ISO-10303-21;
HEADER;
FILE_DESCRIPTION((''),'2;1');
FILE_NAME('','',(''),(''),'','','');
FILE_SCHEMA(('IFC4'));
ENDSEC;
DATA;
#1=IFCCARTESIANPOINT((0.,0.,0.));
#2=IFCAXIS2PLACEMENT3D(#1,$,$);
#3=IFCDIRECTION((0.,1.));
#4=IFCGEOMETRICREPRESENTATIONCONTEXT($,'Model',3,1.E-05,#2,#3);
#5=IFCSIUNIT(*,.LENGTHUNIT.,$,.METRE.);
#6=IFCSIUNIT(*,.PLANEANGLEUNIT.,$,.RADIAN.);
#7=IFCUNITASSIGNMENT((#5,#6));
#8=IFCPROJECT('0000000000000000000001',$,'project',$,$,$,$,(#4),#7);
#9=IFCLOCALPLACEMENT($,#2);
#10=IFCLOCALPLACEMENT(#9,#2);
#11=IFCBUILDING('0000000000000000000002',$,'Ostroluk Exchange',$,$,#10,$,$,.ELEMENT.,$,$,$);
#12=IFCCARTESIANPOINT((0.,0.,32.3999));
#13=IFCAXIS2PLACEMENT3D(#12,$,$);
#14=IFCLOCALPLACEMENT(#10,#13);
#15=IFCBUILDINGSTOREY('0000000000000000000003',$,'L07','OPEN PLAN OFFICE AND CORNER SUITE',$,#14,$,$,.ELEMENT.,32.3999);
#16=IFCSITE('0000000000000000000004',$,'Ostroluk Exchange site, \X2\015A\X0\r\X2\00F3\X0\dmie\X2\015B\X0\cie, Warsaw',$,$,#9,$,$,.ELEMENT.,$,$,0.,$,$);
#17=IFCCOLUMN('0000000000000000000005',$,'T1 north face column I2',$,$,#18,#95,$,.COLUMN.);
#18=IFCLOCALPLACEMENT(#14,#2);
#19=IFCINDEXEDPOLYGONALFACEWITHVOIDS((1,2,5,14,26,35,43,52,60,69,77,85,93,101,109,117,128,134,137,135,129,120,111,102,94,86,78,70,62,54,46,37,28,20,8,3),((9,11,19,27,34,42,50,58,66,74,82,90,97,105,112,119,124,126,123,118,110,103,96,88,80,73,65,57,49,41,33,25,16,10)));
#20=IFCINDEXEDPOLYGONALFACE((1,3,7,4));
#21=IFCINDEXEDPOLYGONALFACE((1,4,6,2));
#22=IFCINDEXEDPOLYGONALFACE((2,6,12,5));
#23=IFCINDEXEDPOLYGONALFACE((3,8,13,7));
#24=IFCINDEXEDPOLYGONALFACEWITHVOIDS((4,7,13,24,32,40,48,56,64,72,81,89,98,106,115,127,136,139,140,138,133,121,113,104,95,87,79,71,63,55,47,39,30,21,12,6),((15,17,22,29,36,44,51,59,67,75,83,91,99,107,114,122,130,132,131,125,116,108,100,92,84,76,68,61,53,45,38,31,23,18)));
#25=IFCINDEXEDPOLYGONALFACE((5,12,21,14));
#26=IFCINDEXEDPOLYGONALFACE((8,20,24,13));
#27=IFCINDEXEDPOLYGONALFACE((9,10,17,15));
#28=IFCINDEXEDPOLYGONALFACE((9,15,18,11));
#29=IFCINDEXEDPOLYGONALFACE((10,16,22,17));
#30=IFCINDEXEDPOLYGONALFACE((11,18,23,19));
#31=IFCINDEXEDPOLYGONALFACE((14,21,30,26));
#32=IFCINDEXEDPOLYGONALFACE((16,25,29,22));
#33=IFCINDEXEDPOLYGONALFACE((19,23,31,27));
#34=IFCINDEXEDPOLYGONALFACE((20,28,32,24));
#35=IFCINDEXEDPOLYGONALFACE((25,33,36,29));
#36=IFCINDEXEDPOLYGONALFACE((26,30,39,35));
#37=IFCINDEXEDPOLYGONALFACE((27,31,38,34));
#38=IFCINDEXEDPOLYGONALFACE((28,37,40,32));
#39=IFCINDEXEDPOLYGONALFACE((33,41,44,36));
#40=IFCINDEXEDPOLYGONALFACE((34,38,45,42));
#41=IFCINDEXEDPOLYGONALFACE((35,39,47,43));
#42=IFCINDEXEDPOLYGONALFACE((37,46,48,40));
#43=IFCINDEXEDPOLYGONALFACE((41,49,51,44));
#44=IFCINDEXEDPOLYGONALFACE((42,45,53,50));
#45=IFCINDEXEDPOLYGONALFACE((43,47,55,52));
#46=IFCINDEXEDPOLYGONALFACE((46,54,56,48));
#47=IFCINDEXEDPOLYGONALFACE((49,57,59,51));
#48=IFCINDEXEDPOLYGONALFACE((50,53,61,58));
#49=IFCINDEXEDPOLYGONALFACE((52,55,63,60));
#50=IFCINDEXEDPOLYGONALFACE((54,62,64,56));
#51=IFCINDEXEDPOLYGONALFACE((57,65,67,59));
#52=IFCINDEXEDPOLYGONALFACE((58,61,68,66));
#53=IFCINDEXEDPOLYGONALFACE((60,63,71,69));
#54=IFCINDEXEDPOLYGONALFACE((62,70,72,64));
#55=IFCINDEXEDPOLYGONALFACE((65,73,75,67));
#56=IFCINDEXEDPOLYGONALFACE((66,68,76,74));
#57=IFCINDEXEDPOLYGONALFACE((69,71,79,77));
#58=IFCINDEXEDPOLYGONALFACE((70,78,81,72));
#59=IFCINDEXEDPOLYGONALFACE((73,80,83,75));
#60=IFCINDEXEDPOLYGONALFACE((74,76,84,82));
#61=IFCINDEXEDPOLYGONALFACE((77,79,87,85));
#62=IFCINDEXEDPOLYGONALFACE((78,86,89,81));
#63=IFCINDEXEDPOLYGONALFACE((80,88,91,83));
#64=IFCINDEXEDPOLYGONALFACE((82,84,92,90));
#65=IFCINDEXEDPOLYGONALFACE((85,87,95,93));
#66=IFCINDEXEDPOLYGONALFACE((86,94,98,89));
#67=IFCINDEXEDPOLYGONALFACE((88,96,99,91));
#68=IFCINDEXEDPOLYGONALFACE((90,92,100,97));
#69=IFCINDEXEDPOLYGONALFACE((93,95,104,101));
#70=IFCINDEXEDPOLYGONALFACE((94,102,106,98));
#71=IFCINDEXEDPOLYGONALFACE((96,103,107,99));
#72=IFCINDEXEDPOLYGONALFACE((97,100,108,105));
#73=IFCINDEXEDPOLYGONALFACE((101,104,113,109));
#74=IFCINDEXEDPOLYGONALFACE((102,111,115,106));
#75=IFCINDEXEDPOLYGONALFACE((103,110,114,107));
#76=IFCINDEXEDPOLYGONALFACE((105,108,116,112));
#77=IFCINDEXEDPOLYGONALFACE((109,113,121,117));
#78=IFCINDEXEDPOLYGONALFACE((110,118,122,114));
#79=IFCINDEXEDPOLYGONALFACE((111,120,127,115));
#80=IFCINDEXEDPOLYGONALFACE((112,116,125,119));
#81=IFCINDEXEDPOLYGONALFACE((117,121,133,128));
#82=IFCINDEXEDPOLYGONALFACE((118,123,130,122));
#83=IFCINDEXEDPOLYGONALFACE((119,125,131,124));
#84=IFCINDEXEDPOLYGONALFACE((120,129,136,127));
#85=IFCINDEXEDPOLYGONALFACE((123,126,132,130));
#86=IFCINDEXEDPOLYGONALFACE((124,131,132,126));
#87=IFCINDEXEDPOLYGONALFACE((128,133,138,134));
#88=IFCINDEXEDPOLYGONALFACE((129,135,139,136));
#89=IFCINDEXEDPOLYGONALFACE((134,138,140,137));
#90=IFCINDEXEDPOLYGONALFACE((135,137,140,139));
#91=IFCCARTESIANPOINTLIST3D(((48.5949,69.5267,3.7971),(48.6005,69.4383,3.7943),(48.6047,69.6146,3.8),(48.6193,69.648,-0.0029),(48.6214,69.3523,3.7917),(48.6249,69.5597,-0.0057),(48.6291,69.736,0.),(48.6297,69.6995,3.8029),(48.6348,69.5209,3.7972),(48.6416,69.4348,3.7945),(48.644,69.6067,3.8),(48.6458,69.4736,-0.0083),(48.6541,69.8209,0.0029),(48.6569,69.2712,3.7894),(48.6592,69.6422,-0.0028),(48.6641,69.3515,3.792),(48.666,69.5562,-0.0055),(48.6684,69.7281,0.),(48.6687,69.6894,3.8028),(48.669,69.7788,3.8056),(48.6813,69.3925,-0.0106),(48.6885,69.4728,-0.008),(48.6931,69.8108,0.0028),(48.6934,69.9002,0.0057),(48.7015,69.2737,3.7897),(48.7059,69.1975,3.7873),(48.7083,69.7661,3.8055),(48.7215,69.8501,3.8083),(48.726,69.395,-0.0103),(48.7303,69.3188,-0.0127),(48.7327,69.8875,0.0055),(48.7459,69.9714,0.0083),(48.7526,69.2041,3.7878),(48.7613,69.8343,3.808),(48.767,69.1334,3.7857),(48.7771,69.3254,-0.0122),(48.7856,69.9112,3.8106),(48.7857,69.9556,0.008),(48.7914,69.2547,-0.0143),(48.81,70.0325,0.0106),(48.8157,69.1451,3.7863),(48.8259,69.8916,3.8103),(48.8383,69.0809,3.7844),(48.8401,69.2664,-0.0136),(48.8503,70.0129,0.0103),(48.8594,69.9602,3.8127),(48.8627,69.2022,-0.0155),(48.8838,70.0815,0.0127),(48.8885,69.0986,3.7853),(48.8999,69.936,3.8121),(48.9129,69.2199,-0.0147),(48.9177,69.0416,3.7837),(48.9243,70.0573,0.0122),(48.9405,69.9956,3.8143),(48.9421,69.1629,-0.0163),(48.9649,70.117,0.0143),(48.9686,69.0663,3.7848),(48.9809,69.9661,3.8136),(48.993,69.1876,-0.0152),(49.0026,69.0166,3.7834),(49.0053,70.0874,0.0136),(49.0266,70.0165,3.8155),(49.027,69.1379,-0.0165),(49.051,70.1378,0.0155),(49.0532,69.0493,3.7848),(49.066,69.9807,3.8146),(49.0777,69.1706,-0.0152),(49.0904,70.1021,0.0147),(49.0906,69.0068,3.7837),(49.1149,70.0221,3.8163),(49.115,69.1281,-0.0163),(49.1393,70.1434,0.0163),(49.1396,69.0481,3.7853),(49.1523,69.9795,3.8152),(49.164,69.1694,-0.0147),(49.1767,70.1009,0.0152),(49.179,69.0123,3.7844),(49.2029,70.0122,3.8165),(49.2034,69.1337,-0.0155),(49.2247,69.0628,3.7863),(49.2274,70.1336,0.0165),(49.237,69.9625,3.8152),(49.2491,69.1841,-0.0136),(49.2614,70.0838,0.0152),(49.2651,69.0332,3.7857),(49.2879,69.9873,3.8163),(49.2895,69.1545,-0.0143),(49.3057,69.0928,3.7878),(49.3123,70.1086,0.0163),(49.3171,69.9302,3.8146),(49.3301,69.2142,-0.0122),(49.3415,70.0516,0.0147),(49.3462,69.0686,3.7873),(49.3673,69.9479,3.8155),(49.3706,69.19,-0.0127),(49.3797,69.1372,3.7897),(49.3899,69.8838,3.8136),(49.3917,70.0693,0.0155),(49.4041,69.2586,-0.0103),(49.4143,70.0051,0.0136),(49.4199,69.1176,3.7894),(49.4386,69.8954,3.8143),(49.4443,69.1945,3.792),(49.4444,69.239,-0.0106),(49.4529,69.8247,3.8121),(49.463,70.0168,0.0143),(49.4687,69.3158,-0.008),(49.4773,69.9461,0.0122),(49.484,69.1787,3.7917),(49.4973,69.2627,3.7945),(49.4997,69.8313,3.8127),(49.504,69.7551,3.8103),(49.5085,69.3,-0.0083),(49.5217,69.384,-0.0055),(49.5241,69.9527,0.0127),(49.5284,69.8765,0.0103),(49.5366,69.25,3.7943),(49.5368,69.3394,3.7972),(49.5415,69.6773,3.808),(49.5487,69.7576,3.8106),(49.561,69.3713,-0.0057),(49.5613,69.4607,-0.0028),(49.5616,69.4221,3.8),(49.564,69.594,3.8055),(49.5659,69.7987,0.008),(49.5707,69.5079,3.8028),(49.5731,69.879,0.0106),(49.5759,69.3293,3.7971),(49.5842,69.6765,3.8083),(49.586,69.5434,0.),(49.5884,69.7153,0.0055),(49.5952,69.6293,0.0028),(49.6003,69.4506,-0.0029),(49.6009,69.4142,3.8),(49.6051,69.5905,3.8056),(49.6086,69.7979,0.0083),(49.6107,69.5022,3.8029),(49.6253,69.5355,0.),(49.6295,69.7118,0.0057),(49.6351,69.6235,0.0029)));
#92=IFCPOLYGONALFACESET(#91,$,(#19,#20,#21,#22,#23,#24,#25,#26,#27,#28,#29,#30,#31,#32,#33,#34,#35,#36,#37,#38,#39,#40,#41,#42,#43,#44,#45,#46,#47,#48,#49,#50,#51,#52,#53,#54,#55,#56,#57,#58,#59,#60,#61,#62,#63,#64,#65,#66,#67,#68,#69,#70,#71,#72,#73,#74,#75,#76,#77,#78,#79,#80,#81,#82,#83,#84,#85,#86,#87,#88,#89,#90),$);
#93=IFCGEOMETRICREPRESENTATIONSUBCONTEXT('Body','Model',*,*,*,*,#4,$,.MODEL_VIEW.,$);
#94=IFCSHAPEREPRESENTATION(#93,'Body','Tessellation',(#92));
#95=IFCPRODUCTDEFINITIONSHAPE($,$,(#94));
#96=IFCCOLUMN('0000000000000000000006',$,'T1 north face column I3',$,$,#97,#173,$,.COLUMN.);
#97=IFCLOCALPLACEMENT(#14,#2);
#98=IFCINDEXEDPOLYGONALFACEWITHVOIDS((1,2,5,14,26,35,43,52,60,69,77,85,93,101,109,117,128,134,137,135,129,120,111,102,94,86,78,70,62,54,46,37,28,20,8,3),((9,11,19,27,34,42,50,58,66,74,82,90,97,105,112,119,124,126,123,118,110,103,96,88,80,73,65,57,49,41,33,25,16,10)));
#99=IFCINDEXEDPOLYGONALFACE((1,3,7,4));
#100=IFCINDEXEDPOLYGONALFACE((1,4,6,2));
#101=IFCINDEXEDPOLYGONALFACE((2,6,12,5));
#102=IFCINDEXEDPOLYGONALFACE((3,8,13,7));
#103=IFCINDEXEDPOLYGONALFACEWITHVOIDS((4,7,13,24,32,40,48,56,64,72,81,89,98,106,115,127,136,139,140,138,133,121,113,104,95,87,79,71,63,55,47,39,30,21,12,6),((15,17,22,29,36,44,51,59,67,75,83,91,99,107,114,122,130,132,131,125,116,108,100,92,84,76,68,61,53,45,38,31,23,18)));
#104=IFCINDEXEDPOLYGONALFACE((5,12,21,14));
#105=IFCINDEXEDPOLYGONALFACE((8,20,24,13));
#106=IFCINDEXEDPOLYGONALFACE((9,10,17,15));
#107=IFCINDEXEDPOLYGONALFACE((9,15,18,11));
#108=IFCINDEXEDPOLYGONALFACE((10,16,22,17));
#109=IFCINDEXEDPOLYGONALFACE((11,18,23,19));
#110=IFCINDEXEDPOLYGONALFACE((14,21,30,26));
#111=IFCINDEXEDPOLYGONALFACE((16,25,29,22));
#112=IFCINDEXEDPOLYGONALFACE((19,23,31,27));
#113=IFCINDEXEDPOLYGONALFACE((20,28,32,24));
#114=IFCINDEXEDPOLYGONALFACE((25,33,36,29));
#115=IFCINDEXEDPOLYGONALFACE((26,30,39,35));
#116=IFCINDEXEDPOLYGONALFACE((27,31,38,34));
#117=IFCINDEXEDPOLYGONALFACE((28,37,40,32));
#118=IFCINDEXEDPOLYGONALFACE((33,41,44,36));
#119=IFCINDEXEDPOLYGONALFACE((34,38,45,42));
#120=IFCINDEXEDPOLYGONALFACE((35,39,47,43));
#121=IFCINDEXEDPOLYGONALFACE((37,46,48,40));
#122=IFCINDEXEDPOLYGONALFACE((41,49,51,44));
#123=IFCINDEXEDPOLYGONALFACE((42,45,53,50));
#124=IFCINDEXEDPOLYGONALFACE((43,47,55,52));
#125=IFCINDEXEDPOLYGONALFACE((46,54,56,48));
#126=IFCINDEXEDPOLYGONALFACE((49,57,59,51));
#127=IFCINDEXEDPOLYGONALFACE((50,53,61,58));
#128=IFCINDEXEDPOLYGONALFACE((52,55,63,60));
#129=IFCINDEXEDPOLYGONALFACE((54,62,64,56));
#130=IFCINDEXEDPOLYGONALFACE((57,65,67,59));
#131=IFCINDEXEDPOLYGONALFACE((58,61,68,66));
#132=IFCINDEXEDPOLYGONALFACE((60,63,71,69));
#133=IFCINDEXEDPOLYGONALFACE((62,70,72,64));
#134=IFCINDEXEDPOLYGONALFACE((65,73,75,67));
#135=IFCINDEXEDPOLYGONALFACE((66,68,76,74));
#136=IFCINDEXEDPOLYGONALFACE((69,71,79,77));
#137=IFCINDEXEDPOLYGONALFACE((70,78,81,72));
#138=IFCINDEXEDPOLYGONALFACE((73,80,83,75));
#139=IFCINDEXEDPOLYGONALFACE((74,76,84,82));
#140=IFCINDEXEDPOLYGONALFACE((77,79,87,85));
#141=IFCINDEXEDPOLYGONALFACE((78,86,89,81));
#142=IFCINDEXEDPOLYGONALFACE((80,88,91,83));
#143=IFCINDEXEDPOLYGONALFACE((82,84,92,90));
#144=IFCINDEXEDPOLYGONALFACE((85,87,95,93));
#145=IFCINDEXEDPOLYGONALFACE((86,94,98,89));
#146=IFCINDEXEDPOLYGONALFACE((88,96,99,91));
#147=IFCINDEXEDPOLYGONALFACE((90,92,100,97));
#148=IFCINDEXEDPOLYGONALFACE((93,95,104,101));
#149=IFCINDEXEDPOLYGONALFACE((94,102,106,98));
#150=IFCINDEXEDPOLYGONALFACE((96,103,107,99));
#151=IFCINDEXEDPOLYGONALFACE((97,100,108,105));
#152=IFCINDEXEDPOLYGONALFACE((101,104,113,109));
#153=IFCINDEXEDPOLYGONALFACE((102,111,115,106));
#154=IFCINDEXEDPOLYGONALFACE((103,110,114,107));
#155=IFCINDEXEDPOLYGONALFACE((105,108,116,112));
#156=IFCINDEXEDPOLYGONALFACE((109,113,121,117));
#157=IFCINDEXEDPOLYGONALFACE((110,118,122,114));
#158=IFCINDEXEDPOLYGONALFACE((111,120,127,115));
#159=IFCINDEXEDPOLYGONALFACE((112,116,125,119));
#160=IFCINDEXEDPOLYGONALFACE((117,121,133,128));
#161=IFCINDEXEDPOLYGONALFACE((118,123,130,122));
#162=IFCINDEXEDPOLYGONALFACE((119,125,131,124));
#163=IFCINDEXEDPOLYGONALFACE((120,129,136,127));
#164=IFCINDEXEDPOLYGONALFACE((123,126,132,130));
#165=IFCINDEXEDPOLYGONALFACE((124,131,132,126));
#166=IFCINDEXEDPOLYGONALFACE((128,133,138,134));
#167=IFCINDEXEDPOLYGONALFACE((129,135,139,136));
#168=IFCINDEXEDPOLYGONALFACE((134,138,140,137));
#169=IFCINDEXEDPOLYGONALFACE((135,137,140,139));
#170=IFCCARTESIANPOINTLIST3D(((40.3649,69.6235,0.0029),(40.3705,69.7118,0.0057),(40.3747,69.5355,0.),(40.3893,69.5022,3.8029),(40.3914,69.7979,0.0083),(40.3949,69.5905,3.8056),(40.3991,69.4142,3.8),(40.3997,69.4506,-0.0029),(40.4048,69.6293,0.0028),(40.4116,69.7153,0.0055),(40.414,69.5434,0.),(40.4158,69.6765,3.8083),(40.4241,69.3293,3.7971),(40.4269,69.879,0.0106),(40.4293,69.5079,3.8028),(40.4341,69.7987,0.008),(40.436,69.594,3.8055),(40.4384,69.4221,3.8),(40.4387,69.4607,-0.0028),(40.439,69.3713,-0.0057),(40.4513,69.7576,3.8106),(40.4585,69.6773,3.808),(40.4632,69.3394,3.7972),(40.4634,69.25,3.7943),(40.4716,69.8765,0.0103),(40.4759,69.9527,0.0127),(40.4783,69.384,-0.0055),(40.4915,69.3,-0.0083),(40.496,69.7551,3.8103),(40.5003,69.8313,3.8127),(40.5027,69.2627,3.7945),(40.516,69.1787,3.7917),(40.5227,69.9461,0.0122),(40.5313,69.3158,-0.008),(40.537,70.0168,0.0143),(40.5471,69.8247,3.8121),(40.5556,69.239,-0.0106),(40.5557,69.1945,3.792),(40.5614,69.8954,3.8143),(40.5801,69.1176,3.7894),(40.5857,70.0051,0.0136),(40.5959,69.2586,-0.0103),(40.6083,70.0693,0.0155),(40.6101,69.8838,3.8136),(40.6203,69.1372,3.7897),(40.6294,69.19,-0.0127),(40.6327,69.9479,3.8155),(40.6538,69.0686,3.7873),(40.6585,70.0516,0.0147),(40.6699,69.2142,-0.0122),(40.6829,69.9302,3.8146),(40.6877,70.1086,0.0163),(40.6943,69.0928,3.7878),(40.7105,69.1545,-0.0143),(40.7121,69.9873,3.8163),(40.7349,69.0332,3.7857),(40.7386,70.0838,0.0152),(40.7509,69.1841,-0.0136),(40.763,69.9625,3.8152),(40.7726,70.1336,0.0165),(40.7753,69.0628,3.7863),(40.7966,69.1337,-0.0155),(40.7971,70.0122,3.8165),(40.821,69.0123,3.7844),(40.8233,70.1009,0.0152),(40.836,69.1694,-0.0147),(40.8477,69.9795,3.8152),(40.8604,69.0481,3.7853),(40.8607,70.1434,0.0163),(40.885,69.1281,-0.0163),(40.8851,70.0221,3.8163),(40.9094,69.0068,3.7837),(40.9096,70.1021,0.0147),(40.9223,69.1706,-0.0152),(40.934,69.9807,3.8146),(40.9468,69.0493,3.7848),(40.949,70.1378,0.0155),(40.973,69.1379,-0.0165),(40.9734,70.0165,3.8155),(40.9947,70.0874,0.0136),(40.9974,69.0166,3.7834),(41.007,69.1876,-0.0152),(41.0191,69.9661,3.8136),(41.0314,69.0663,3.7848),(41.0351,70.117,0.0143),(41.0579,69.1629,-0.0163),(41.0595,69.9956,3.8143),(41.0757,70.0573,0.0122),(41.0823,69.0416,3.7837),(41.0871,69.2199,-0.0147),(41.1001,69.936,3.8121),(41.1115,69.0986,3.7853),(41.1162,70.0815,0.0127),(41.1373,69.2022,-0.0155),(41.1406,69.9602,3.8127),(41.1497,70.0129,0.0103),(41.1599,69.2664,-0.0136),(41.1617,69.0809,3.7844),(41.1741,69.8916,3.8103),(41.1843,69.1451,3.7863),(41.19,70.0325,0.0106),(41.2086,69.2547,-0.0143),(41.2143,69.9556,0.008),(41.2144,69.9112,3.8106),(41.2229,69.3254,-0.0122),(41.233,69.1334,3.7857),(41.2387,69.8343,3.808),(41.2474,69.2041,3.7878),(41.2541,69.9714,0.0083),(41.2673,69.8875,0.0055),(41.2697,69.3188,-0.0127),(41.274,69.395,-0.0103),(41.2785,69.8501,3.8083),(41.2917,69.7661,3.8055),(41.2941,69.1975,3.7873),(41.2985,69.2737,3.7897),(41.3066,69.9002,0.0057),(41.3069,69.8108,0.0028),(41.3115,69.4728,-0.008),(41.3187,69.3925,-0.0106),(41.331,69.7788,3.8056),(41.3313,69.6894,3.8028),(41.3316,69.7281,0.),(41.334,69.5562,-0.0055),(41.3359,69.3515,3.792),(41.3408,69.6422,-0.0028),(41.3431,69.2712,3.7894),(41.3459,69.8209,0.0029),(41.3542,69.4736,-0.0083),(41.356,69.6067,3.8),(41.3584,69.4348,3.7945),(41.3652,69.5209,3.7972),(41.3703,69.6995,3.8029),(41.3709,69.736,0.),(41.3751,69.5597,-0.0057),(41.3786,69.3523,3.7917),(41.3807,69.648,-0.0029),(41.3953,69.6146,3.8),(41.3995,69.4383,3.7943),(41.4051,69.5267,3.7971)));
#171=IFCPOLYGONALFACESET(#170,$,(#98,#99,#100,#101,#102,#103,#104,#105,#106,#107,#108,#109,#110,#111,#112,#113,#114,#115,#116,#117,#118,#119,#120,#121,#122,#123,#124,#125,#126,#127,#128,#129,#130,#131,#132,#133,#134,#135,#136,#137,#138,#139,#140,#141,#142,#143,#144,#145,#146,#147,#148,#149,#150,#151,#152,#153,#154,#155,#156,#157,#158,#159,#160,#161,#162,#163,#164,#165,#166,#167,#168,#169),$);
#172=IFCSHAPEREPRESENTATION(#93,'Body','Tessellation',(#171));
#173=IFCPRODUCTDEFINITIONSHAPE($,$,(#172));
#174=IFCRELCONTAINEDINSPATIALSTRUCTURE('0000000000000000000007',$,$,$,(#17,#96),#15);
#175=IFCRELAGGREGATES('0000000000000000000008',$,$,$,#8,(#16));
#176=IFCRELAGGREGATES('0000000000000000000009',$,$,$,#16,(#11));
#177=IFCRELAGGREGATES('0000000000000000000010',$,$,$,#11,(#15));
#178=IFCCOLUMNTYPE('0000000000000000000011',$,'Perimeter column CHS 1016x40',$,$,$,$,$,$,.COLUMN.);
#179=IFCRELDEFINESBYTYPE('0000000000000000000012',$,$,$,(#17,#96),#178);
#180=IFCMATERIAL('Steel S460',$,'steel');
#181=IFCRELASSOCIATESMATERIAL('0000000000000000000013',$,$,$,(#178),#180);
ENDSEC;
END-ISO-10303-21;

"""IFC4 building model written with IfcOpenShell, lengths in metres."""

from ifc_helpers import new_model, si_unit, direction, frame, origin, origin_2d, place, context, subcontext, project, spatial, hollow_circle, extrude, material, material_profile, profile_set, type_object, element, save


model = new_model("IFC4")

# Units and contexts
model_context = context("Model", 3, precision=1e-05, world=origin(), true_north=direction((0.0, 1.0)))
body_context = subcontext(model_context, "Body", "Model", "MODEL_VIEW")
ifc_project = project(units=[si_unit("LENGTHUNIT", "METRE"), si_unit("PLANEANGLEUNIT", "RADIAN")], contexts=[model_context])

# Site, building, storey
site_placement = place(None, origin())
site = spatial("IfcSite", under=ifc_project, at=site_placement, Name="Ostroluk Exchange site, Śródmieście, Warsaw", CompositionType="ELEMENT", RefElevation=0.0)
building_placement = place(site_placement, origin())
building = spatial("IfcBuilding", under=site, at=building_placement, Name="Ostroluk Exchange", CompositionType="ELEMENT")
storey_placement = place(building_placement, frame((0.0, 0.0, 32.3999)))
storey = spatial("IfcBuildingStorey", under=building, at=storey_placement, Name="L07", Description="OPEN PLAN OFFICE AND CORNER SUITE", CompositionType="ELEMENT", Elevation=32.3999)

# Columns
ifc_material_1 = material(Name="Steel S460", Category="steel")
ifc_material_profile_1 = material_profile(ifc_material_1, hollow_circle(Radius=0.5081, WallThickness=0.04, at=origin_2d()), Name="CHS 1016x40")
ifc_profile_set_1 = profile_set([ifc_material_profile_1], Name="Steel S460")
column_type = type_object("IfcColumnType", Name="Perimeter column CHS 1016x40", PredefinedType="COLUMN", material=ifc_profile_set_1)
for number, where, z_axis, x_axis, name in (
    (1, (49.1272, 69.6357, 0.0), (-0.006421, -0.031914, 0.99947), (0.980352, -0.197254, 0.0), "T1 north face column I2"),
    (2, (40.8728, 69.6357, 0.0), (0.006421, -0.031914, 0.99947), (0.980352, 0.197254, 0.0), "T1 north face column I3"),
):
    element("IfcColumn", number, at=place(storey_placement, frame(where, z_axis=z_axis, x_axis=x_axis)), inside=storey, type_object=column_type, Name=name, PredefinedType="COLUMN", context=body_context, shape_type="SweptSolid", body=[
        extrude(hollow_circle(Radius=0.5081, WallThickness=0.04, at=origin_2d()), origin(), (0.0, 0.0, 1.0), 3.802),
    ])

save(model, "model.ifc")
